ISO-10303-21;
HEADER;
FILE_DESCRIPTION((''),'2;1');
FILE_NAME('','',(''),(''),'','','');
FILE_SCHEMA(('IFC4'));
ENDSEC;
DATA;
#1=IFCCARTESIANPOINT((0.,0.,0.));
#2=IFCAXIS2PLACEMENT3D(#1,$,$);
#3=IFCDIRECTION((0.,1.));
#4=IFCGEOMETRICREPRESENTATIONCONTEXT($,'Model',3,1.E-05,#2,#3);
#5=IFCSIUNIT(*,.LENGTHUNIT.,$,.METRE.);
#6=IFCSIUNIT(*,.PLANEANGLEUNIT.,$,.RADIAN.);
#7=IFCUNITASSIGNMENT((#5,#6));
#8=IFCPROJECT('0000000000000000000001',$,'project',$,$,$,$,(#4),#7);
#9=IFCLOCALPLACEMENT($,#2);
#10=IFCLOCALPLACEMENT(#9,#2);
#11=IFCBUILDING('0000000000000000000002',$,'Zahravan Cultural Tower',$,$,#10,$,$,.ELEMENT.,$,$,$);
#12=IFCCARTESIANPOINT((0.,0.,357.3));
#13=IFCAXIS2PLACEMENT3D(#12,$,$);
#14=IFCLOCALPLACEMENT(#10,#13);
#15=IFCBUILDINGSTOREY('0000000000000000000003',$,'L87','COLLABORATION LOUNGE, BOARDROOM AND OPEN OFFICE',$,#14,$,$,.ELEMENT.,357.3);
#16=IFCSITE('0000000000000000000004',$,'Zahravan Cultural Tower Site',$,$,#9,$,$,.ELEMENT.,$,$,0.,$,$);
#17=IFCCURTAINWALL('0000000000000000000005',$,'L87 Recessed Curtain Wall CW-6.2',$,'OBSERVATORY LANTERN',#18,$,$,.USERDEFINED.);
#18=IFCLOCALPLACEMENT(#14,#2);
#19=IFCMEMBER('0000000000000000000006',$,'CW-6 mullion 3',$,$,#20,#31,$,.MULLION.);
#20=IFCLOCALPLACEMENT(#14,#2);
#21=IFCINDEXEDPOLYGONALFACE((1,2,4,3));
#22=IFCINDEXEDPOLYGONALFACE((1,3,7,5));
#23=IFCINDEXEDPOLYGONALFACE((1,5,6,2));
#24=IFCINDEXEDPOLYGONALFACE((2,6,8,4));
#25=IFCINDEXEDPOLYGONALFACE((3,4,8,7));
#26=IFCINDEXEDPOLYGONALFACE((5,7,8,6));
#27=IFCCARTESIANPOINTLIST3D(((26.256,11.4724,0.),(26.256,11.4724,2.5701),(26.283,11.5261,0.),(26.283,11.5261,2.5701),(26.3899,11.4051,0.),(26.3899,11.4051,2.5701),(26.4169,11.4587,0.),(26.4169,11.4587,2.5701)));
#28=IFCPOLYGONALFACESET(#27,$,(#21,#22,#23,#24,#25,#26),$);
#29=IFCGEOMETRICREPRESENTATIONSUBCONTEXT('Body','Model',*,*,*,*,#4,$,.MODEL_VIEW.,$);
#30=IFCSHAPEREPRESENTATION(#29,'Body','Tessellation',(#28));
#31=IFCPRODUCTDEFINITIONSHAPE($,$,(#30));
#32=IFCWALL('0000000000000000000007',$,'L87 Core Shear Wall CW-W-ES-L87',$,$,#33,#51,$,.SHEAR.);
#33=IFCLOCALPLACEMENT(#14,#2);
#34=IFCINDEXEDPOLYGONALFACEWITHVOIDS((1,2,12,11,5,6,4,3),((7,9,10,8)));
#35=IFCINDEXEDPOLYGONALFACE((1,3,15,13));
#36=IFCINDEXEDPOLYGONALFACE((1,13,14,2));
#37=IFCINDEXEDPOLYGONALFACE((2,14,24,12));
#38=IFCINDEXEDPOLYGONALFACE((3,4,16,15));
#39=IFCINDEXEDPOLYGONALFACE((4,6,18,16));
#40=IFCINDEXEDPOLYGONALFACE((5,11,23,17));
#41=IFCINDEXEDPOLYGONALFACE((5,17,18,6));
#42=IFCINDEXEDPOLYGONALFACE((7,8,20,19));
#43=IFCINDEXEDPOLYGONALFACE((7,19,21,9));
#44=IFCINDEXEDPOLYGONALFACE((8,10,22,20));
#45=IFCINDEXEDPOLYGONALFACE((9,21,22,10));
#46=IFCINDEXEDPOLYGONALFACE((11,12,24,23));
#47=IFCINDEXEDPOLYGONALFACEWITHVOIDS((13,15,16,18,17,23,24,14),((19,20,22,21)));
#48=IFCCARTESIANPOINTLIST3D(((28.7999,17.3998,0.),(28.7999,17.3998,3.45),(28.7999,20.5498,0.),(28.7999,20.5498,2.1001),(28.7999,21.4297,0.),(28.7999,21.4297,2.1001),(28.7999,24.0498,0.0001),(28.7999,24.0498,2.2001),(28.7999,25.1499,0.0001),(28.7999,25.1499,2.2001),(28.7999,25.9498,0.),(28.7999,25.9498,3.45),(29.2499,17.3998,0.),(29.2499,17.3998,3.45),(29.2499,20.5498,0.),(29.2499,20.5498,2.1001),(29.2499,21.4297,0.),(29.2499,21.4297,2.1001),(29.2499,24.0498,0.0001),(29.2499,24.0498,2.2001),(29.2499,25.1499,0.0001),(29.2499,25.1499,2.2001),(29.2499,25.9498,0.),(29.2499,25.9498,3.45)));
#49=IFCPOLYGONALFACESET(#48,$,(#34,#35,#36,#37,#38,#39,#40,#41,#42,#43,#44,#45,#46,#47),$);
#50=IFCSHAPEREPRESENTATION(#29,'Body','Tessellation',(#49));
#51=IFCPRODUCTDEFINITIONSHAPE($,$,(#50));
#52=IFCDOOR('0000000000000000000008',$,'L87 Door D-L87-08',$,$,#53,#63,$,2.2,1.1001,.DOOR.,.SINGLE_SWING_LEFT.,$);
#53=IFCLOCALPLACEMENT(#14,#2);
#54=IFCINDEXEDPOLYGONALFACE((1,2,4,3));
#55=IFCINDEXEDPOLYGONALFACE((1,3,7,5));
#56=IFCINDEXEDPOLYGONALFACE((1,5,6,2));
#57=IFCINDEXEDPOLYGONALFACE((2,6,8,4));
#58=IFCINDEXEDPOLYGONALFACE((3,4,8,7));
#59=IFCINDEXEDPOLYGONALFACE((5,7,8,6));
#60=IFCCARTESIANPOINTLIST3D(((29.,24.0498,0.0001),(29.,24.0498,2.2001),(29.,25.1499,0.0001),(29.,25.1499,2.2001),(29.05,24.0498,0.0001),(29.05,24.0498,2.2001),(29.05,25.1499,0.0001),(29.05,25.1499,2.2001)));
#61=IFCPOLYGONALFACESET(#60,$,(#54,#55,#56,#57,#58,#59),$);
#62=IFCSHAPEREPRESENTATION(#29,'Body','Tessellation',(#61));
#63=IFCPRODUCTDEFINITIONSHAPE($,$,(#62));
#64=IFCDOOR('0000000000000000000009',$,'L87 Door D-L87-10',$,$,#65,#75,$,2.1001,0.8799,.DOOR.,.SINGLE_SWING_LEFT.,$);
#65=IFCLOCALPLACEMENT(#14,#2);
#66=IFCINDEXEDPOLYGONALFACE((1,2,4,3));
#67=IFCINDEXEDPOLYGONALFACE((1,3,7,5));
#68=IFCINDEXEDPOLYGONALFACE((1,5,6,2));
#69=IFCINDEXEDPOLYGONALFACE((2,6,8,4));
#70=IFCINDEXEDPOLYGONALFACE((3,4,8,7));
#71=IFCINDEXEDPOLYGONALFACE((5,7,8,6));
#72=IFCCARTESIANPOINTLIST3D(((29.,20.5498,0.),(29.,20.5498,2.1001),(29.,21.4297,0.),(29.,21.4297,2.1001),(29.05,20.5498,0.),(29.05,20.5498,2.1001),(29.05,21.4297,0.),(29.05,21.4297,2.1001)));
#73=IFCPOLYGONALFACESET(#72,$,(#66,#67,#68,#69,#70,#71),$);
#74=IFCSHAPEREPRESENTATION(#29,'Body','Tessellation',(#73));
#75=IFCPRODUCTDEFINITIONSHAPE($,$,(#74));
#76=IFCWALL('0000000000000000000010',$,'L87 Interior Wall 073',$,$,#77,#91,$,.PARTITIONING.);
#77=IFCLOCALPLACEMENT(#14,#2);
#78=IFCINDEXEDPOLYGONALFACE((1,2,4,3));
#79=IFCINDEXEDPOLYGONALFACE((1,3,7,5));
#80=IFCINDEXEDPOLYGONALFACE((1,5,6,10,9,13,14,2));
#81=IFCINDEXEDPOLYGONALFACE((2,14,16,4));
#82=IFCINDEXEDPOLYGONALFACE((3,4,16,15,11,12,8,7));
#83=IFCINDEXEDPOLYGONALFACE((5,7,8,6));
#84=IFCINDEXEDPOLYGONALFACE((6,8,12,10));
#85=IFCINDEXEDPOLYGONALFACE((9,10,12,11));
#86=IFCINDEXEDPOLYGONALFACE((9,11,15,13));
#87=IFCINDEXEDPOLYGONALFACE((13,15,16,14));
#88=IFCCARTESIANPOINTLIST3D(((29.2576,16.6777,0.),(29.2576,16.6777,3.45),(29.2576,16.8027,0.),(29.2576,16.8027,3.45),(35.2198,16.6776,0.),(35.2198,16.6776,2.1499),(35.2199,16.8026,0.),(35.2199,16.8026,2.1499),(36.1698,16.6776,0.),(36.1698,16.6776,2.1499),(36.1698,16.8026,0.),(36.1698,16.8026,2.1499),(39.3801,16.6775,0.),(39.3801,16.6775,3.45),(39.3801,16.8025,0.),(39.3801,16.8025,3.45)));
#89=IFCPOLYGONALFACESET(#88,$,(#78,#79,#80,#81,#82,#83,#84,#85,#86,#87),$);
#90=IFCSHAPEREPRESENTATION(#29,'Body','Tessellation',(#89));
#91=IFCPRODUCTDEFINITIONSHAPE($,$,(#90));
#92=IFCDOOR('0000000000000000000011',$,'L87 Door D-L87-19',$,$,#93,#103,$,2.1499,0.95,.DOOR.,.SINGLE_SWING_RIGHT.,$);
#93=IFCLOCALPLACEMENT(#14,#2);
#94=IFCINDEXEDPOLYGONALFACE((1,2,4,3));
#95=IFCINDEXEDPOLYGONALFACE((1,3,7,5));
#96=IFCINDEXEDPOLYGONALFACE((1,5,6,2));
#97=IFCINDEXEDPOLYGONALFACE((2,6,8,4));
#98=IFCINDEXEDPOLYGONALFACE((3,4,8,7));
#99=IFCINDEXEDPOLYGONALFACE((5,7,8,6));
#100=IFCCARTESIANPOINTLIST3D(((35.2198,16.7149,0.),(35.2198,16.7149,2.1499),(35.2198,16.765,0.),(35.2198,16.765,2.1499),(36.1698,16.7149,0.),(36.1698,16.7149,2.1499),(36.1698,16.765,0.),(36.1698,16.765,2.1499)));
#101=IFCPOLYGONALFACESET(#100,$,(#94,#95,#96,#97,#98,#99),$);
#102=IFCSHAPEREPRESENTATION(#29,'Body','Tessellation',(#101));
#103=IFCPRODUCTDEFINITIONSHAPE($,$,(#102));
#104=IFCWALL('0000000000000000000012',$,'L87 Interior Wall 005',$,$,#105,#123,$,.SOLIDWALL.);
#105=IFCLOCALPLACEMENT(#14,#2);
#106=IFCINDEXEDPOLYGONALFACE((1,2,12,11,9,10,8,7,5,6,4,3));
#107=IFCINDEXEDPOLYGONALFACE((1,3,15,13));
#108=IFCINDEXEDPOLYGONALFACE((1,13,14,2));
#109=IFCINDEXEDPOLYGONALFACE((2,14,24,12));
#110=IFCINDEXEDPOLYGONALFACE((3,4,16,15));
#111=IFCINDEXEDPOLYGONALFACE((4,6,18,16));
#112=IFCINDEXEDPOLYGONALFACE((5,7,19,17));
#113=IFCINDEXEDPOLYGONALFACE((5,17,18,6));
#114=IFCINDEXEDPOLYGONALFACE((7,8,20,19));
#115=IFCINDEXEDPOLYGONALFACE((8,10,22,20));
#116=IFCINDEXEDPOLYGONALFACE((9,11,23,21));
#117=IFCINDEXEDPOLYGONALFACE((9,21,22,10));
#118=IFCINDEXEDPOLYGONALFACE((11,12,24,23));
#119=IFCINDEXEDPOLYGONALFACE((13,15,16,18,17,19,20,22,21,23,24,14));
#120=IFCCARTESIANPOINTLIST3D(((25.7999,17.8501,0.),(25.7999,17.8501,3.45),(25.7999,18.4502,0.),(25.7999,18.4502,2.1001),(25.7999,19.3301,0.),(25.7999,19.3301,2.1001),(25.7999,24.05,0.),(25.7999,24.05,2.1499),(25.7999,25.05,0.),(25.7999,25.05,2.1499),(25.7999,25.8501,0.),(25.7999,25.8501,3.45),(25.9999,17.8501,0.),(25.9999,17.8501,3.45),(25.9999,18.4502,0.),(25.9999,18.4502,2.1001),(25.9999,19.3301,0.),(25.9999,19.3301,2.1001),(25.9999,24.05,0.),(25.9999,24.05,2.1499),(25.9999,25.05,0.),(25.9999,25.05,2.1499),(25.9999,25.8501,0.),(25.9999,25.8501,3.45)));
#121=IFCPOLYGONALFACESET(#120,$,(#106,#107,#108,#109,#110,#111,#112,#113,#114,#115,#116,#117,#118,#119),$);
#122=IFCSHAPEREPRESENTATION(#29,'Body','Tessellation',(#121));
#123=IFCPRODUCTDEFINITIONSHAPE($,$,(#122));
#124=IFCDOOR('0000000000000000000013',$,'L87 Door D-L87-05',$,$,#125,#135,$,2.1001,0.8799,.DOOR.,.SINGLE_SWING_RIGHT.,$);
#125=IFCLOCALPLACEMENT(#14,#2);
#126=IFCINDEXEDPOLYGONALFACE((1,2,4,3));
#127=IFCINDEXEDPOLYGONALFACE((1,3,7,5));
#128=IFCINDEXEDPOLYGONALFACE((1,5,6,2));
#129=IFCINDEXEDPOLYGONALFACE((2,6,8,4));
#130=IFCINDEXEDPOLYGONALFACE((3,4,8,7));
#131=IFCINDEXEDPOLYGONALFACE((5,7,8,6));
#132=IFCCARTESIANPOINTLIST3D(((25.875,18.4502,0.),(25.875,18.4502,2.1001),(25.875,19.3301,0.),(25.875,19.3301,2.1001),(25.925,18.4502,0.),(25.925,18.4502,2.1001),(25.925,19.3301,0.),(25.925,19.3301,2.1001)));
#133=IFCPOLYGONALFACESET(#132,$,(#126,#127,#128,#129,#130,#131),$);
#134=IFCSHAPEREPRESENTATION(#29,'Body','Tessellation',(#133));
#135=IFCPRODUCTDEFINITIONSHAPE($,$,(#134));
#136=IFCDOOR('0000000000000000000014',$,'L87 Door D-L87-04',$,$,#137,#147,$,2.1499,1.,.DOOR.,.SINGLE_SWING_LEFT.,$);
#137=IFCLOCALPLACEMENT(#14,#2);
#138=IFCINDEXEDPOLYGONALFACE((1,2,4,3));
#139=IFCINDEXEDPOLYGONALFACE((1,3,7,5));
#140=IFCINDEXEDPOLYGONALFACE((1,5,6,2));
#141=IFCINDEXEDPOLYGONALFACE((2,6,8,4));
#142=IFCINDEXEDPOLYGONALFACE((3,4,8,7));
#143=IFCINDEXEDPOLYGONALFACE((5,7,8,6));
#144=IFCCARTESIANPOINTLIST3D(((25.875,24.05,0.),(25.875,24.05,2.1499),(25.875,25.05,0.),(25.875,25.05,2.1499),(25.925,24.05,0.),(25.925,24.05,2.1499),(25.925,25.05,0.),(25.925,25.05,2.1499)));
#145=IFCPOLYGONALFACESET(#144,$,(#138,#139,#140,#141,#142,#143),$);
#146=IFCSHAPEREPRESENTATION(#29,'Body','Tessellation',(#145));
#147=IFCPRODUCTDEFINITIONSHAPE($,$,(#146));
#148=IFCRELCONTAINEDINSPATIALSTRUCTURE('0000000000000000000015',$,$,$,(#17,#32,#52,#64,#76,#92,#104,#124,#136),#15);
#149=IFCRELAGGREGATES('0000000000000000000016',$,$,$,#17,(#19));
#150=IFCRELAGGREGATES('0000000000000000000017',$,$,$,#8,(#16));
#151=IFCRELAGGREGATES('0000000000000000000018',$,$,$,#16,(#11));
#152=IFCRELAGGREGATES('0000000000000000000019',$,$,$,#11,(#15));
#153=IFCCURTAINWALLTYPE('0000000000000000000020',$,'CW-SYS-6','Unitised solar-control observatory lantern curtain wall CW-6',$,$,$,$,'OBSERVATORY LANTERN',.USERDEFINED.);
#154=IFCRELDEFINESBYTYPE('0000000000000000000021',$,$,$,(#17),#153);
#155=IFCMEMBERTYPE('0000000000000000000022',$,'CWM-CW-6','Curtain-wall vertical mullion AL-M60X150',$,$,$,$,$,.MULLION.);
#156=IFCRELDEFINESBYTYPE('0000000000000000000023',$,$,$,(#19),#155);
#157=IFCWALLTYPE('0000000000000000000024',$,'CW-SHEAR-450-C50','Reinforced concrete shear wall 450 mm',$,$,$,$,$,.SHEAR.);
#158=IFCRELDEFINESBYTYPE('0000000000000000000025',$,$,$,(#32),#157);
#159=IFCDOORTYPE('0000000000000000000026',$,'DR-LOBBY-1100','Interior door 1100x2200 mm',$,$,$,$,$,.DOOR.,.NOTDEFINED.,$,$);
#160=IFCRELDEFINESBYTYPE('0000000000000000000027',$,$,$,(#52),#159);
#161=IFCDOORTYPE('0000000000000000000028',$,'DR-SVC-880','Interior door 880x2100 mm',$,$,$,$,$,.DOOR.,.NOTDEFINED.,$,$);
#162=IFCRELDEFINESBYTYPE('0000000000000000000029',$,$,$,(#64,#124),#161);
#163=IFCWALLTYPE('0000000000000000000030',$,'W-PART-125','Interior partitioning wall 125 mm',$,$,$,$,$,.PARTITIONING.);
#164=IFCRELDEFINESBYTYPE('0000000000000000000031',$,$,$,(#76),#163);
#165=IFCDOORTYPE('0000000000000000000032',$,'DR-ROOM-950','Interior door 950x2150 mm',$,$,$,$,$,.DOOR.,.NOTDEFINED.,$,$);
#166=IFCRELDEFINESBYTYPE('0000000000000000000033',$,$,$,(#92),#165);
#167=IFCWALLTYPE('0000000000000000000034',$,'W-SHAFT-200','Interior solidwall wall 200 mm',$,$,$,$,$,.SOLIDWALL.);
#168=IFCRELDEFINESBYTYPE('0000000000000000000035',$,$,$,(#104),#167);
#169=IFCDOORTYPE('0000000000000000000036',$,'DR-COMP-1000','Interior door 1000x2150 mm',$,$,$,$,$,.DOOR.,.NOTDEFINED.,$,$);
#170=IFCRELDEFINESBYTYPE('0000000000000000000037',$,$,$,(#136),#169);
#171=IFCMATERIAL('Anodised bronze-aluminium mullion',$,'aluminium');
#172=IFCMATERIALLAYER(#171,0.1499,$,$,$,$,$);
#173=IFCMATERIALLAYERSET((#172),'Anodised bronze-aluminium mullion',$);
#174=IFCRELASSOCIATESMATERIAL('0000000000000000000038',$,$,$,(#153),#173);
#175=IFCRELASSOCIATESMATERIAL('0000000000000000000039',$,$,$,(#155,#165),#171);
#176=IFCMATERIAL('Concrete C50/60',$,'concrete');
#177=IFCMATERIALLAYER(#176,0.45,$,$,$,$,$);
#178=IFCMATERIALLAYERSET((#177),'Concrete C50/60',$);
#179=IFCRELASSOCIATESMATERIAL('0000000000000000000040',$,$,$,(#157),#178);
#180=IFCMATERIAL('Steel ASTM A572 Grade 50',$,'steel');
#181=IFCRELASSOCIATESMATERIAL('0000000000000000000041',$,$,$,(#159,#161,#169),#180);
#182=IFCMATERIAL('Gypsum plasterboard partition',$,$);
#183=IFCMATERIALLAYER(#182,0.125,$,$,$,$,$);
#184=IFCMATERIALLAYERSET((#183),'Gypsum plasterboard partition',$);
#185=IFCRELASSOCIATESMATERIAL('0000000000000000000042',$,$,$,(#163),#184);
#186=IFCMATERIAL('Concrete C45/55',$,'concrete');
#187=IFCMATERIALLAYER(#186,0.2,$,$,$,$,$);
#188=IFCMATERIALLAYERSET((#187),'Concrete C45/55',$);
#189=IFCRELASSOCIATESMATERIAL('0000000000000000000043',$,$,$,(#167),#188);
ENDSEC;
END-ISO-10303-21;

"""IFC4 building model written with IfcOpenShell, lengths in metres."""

from ifc_helpers import new_model, si_unit, direction, frame, frame_2d, origin, origin_2d, place, context, subcontext, project, spatial, rectangle, extrude, source, transform, mapped, material, layer, layer_set, material_profile, profile_set, type_object, element, fill, aggregate, save


model = new_model("IFC4")

# Units and contexts
model_context = context("Model", 3, precision=1e-05, world=origin(), true_north=direction((0.0, 1.0)))
body_context = subcontext(model_context, "Body", "Model", "MODEL_VIEW")
ifc_project = project(units=[si_unit("LENGTHUNIT", "METRE"), si_unit("PLANEANGLEUNIT", "RADIAN")], contexts=[model_context])

# Site, building, storey
site_placement = place(None, origin())
site = spatial("IfcSite", under=ifc_project, at=site_placement, Name="Zahravan Cultural Tower Site", CompositionType="ELEMENT", RefElevation=0.0)
building_placement = place(site_placement, origin())
building = spatial("IfcBuilding", under=site, at=building_placement, Name="Zahravan Cultural Tower", CompositionType="ELEMENT")
storey_placement = place(building_placement, frame((0.0, 0.0, 357.3)))
storey = spatial("IfcBuildingStorey", under=building, at=storey_placement, Name="L87", Description="COLLABORATION LOUNGE, BOARDROOM AND OPEN OFFICE", CompositionType="ELEMENT", Elevation=357.3)

# Shared definitions
ifc_material_1 = material(Name="Concrete C50/60", Category="concrete")

# Curtain wall, member
ifc_material_2 = material(Name="Anodised bronze-aluminium mullion", Category="aluminium")
ifc_layer_1 = layer(ifc_material_2, 0.1499)
ifc_layer_set_1 = layer_set([ifc_layer_1], Name="Anodised bronze-aluminium mullion")
curtain_wall_type = type_object("IfcCurtainWallType", Name="CW-SYS-6", Description="Unitised solar-control observatory lantern curtain wall CW-6", ElementType="OBSERVATORY LANTERN", PredefinedType="USERDEFINED", material=ifc_layer_set_1)
curtain_wall_placement = place(storey_placement, origin())
curtain_wall = element("IfcCurtainWall", 1, at=curtain_wall_placement, inside=storey, type_object=curtain_wall_type, Name="L87 Recessed Curtain Wall CW-6.2", ObjectType="OBSERVATORY LANTERN", PredefinedType="USERDEFINED")
ifc_material_profile_1 = material_profile(ifc_material_2, rectangle(XDim=0.0601, YDim=0.1499, at=origin_2d()), Name="AL-M60X150")
ifc_profile_set_1 = profile_set([ifc_material_profile_1], Name="Anodised bronze-aluminium mullion")
member_type_1 = type_object("IfcMemberType", Name="CWM-CW-6", Description="Curtain-wall vertical mullion AL-M60X150", PredefinedType="MULLION", material=ifc_profile_set_1)
shared_shape_1 = source(origin(), body_context, "Body", "SweptSolid", [
    extrude(rectangle(XDim=0.0601, YDim=0.1499, at=origin_2d()), origin(), (0.0, 0.0, 1.0), 2.5701),
])
member_1_placement = place(storey_placement, frame((26.3364, 11.4656, 0.0), z_axis=(0.0, 0.0, 1.0), x_axis=(-0.449317, -0.893372, 0.0)))
member_1 = element("IfcMember", 2, at=member_1_placement, type_object=member_type_1, Name="CW-6 mullion 3", PredefinedType="MULLION", context=body_context, shape_type="MappedRepresentation", body=[
    mapped(shared_shape_1, transform((0.0, 0.0, 0.0), x_axis=(1.0, 0.0, 0.0), y_axis=(0.0, 1.0, 0.0), z_axis=(0.0, 0.0, 1.0), scale=1.0)),
])
aggregate(curtain_wall, [member_1])

# Wall, openings, doors
ifc_layer_2 = layer(ifc_material_1, 0.45)
ifc_layer_set_2 = layer_set([ifc_layer_2], Name="Concrete C50/60")
wall_type_1 = type_object("IfcWallType", Name="CW-SHEAR-450-C50", Description="Reinforced concrete shear wall 450 mm", PredefinedType="SHEAR", material=ifc_layer_set_2)
wall_1_placement = place(storey_placement, frame((29.0249, 17.3999, 0.0), z_axis=(0.0, 0.0, 1.0), x_axis=(0.0, 1.0, 0.0)))
wall_1 = element("IfcWall", 3, at=wall_1_placement, inside=storey, type_object=wall_type_1, Name="L87 Core Shear Wall CW-W-ES-L87", PredefinedType="SHEAR", context=body_context, shape_type="SweptSolid", body=[
    extrude(rectangle(XDim=8.55, YDim=0.45, at=frame_2d((4.2749, 0.0))), origin(), (0.0, 0.0, 1.0), 3.45),
])
opening_1_placement = place(wall_1_placement, frame((6.6499, 0.0, 0.0)))
opening_1 = element("IfcOpeningElement", 4, at=opening_1_placement, cuts=wall_1, PredefinedType="OPENING", context=body_context, shape_type="SweptSolid", body=[
    extrude(rectangle(XDim=1.1001, YDim=2.2, at=frame_2d((0.55, 1.1001))), frame((0.0, 0.2349, 0.0), z_axis=(0.0, -1.0, 0.0), x_axis=(1.0, 0.0, 0.0)), (0.0, 0.0, 1.0), 0.47),
])
opening_2_placement = place(wall_1_placement, frame((3.1499, 0.0, 0.0)))
opening_2 = element("IfcOpeningElement", 5, at=opening_2_placement, cuts=wall_1, PredefinedType="OPENING", context=body_context, shape_type="SweptSolid", body=[
    extrude(rectangle(XDim=0.8799, YDim=2.1001, at=frame_2d((0.4399, 1.05))), frame((0.0, 0.2349, 0.0), z_axis=(0.0, -1.0, 0.0), x_axis=(1.0, 0.0, 0.0)), (0.0, 0.0, 1.0), 0.47),
])
ifc_material_3 = material(Name="Steel ASTM A572 Grade 50", Category="steel")
door_type_1 = type_object("IfcDoorType", Name="DR-LOBBY-1100", Description="Interior door 1100x2200 mm", OperationType="NOTDEFINED", PredefinedType="DOOR", material=ifc_material_3)
shared_shape_2 = source(origin(), body_context, "Body", "SweptSolid", [
    extrude(rectangle(XDim=1.1001, YDim=2.2, at=frame_2d((0.55, 1.1001))), frame((0.0, 0.0249, 0.0), z_axis=(0.0, -1.0, 0.0), x_axis=(1.0, 0.0, 0.0)), (0.0, 0.0, 1.0), 0.05),
])
door_1_placement = place(opening_1_placement, origin())
door_1 = element("IfcDoor", 6, at=door_1_placement, inside=storey, type_object=door_type_1, Name="L87 Door D-L87-08", OperationType="SINGLE_SWING_LEFT", OverallHeight=2.2, OverallWidth=1.1001, PredefinedType="DOOR", context=body_context, shape_type="MappedRepresentation", body=[
    mapped(shared_shape_2, transform((0.0, 0.0, 0.0), x_axis=(1.0, 0.0, 0.0), y_axis=(0.0, 1.0, 0.0), z_axis=(0.0, 0.0, 1.0), scale=1.0)),
])
fill(opening_1, door_1)
door_type_2 = type_object("IfcDoorType", Name="DR-SVC-880", Description="Interior door 880x2100 mm", OperationType="NOTDEFINED", PredefinedType="DOOR", material=ifc_material_3)
shared_shape_3 = source(origin(), body_context, "Body", "SweptSolid", [
    extrude(rectangle(XDim=0.8799, YDim=2.1001, at=frame_2d((0.4399, 1.05))), frame((0.0, 0.0249, 0.0), z_axis=(0.0, -1.0, 0.0), x_axis=(1.0, 0.0, 0.0)), (0.0, 0.0, 1.0), 0.05),
])
door_2_placement = place(opening_2_placement, origin())
door_2 = element("IfcDoor", 7, at=door_2_placement, inside=storey, type_object=door_type_2, Name="L87 Door D-L87-10", OperationType="SINGLE_SWING_LEFT", OverallHeight=2.1001, OverallWidth=0.8799, PredefinedType="DOOR", context=body_context, shape_type="MappedRepresentation", body=[
    mapped(shared_shape_3, transform((0.0, 0.0, 0.0), x_axis=(1.0, 0.0, 0.0), y_axis=(0.0, 1.0, 0.0), z_axis=(0.0, 0.0, 1.0), scale=1.0)),
])
fill(opening_2, door_2)

# Wall, opening, door
ifc_material_4 = material(Name="Gypsum plasterboard partition")
ifc_layer_3 = layer(ifc_material_4, 0.125)
ifc_layer_set_3 = layer_set([ifc_layer_3], Name="Gypsum plasterboard partition")
wall_type_2 = type_object("IfcWallType", Name="W-PART-125", Description="Interior partitioning wall 125 mm", PredefinedType="PARTITIONING", material=ifc_layer_set_3)
wall_2_placement = place(storey_placement, frame((29.2576, 16.7402, 0.0), z_axis=(0.0, 0.0, 1.0), x_axis=(1.0, -0.000024, 0.0)))
wall_2 = element("IfcWall", 8, at=wall_2_placement, inside=storey, type_object=wall_type_2, Name="L87 Interior Wall 073", PredefinedType="PARTITIONING", context=body_context, shape_type="SweptSolid", body=[
    extrude(rectangle(XDim=10.1226, YDim=0.125, at=frame_2d((5.0613, 0.0))), origin(), (0.0, 0.0, 1.0), 3.45),
])
opening_3_placement = place(wall_2_placement, frame((5.9622, 0.0, 0.0)))
opening_3 = element("IfcOpeningElement", 9, at=opening_3_placement, cuts=wall_2, PredefinedType="OPENING", context=body_context, shape_type="SweptSolid", body=[
    extrude(rectangle(XDim=0.95, YDim=2.1499, at=frame_2d((0.4751, 1.075))), frame((0.0, 0.0725, 0.0), z_axis=(0.0, -1.0, 0.0), x_axis=(1.0, 0.0, 0.0)), (0.0, 0.0, 1.0), 0.145),
])
door_type_3 = type_object("IfcDoorType", Name="DR-ROOM-950", Description="Interior door 950x2150 mm", OperationType="NOTDEFINED", PredefinedType="DOOR", material=ifc_material_2)
shared_shape_4 = source(origin(), body_context, "Body", "SweptSolid", [
    extrude(rectangle(XDim=0.95, YDim=2.1499, at=frame_2d((0.4751, 1.075))), frame((0.0, 0.0249, 0.0), z_axis=(0.0, -1.0, 0.0), x_axis=(1.0, 0.0, 0.0)), (0.0, 0.0, 1.0), 0.05),
])
door_3_placement = place(opening_3_placement, origin())
door_3 = element("IfcDoor", 10, at=door_3_placement, inside=storey, type_object=door_type_3, Name="L87 Door D-L87-19", OperationType="SINGLE_SWING_RIGHT", OverallHeight=2.1499, OverallWidth=0.95, PredefinedType="DOOR", context=body_context, shape_type="MappedRepresentation", body=[
    mapped(shared_shape_4, transform((0.0, 0.0, 0.0), x_axis=(1.0, 0.0, 0.0), y_axis=(0.0, 1.0, 0.0), z_axis=(0.0, 0.0, 1.0), scale=1.0)),
])
fill(opening_3, door_3)

# Wall, openings, doors
ifc_material_5 = material(Name="Concrete C45/55", Category="concrete")
ifc_layer_4 = layer(ifc_material_5, 0.2)
ifc_layer_set_4 = layer_set([ifc_layer_4], Name="Concrete C45/55")
wall_type_3 = type_object("IfcWallType", Name="W-SHAFT-200", Description="Interior solidwall wall 200 mm", PredefinedType="SOLIDWALL", material=ifc_layer_set_4)
wall_3_placement = place(storey_placement, frame((25.8999, 17.8501, 0.0), z_axis=(0.0, 0.0, 1.0), x_axis=(0.0, 1.0, 0.0)))
wall_3 = element("IfcWall", 11, at=wall_3_placement, inside=storey, type_object=wall_type_3, Name="L87 Interior Wall 005", PredefinedType="SOLIDWALL", context=body_context, shape_type="SweptSolid", body=[
    extrude(rectangle(XDim=8.0, YDim=0.2, at=frame_2d((4.0, 0.0))), origin(), (0.0, 0.0, 1.0), 3.45),
])
opening_4_placement = place(wall_3_placement, frame((6.2, 0.0, 0.0)))
opening_4 = element("IfcOpeningElement", 12, at=opening_4_placement, cuts=wall_3, PredefinedType="OPENING", context=body_context, shape_type="SweptSolid", body=[
    extrude(rectangle(XDim=1.0, YDim=2.1499, at=frame_2d((0.5, 1.075))), frame((0.0, 0.1099, 0.0), z_axis=(0.0, -1.0, 0.0), x_axis=(1.0, 0.0, 0.0)), (0.0, 0.0, 1.0), 0.22),
])
opening_5_placement = place(wall_3_placement, frame((0.6001, 0.0, 0.0)))
opening_5 = element("IfcOpeningElement", 13, at=opening_5_placement, cuts=wall_3, PredefinedType="OPENING", context=body_context, shape_type="SweptSolid", body=[
    extrude(rectangle(XDim=0.8799, YDim=2.1001, at=frame_2d((0.4399, 1.05))), frame((0.0, 0.1099, 0.0), z_axis=(0.0, -1.0, 0.0), x_axis=(1.0, 0.0, 0.0)), (0.0, 0.0, 1.0), 0.22),
])
door_4_placement = place(opening_5_placement, origin())
door_4 = element("IfcDoor", 14, at=door_4_placement, inside=storey, type_object=door_type_2, Name="L87 Door D-L87-05", OperationType="SINGLE_SWING_RIGHT", OverallHeight=2.1001, OverallWidth=0.8799, PredefinedType="DOOR", context=body_context, shape_type="MappedRepresentation", body=[
    mapped(shared_shape_3, transform((0.0, 0.0, 0.0), x_axis=(1.0, 0.0, 0.0), y_axis=(0.0, 1.0, 0.0), z_axis=(0.0, 0.0, 1.0), scale=1.0)),
])
fill(opening_5, door_4)
door_type_4 = type_object("IfcDoorType", Name="DR-COMP-1000", Description="Interior door 1000x2150 mm", OperationType="NOTDEFINED", PredefinedType="DOOR", material=ifc_material_3)
shared_shape_5 = source(origin(), body_context, "Body", "SweptSolid", [
    extrude(rectangle(XDim=1.0, YDim=2.1499, at=frame_2d((0.5, 1.075))), frame((0.0, 0.0249, 0.0), z_axis=(0.0, -1.0, 0.0), x_axis=(1.0, 0.0, 0.0)), (0.0, 0.0, 1.0), 0.05),
])
door_5_placement = place(opening_4_placement, origin())
door_5 = element("IfcDoor", 15, at=door_5_placement, inside=storey, type_object=door_type_4, Name="L87 Door D-L87-04", OperationType="SINGLE_SWING_LEFT", OverallHeight=2.1499, OverallWidth=1.0, PredefinedType="DOOR", context=body_context, shape_type="MappedRepresentation", body=[
    mapped(shared_shape_5, transform((0.0, 0.0, 0.0), x_axis=(1.0, 0.0, 0.0), y_axis=(0.0, 1.0, 0.0), z_axis=(0.0, 0.0, 1.0), scale=1.0)),
])
fill(opening_4, door_5)

save(model, "model.ifc")
